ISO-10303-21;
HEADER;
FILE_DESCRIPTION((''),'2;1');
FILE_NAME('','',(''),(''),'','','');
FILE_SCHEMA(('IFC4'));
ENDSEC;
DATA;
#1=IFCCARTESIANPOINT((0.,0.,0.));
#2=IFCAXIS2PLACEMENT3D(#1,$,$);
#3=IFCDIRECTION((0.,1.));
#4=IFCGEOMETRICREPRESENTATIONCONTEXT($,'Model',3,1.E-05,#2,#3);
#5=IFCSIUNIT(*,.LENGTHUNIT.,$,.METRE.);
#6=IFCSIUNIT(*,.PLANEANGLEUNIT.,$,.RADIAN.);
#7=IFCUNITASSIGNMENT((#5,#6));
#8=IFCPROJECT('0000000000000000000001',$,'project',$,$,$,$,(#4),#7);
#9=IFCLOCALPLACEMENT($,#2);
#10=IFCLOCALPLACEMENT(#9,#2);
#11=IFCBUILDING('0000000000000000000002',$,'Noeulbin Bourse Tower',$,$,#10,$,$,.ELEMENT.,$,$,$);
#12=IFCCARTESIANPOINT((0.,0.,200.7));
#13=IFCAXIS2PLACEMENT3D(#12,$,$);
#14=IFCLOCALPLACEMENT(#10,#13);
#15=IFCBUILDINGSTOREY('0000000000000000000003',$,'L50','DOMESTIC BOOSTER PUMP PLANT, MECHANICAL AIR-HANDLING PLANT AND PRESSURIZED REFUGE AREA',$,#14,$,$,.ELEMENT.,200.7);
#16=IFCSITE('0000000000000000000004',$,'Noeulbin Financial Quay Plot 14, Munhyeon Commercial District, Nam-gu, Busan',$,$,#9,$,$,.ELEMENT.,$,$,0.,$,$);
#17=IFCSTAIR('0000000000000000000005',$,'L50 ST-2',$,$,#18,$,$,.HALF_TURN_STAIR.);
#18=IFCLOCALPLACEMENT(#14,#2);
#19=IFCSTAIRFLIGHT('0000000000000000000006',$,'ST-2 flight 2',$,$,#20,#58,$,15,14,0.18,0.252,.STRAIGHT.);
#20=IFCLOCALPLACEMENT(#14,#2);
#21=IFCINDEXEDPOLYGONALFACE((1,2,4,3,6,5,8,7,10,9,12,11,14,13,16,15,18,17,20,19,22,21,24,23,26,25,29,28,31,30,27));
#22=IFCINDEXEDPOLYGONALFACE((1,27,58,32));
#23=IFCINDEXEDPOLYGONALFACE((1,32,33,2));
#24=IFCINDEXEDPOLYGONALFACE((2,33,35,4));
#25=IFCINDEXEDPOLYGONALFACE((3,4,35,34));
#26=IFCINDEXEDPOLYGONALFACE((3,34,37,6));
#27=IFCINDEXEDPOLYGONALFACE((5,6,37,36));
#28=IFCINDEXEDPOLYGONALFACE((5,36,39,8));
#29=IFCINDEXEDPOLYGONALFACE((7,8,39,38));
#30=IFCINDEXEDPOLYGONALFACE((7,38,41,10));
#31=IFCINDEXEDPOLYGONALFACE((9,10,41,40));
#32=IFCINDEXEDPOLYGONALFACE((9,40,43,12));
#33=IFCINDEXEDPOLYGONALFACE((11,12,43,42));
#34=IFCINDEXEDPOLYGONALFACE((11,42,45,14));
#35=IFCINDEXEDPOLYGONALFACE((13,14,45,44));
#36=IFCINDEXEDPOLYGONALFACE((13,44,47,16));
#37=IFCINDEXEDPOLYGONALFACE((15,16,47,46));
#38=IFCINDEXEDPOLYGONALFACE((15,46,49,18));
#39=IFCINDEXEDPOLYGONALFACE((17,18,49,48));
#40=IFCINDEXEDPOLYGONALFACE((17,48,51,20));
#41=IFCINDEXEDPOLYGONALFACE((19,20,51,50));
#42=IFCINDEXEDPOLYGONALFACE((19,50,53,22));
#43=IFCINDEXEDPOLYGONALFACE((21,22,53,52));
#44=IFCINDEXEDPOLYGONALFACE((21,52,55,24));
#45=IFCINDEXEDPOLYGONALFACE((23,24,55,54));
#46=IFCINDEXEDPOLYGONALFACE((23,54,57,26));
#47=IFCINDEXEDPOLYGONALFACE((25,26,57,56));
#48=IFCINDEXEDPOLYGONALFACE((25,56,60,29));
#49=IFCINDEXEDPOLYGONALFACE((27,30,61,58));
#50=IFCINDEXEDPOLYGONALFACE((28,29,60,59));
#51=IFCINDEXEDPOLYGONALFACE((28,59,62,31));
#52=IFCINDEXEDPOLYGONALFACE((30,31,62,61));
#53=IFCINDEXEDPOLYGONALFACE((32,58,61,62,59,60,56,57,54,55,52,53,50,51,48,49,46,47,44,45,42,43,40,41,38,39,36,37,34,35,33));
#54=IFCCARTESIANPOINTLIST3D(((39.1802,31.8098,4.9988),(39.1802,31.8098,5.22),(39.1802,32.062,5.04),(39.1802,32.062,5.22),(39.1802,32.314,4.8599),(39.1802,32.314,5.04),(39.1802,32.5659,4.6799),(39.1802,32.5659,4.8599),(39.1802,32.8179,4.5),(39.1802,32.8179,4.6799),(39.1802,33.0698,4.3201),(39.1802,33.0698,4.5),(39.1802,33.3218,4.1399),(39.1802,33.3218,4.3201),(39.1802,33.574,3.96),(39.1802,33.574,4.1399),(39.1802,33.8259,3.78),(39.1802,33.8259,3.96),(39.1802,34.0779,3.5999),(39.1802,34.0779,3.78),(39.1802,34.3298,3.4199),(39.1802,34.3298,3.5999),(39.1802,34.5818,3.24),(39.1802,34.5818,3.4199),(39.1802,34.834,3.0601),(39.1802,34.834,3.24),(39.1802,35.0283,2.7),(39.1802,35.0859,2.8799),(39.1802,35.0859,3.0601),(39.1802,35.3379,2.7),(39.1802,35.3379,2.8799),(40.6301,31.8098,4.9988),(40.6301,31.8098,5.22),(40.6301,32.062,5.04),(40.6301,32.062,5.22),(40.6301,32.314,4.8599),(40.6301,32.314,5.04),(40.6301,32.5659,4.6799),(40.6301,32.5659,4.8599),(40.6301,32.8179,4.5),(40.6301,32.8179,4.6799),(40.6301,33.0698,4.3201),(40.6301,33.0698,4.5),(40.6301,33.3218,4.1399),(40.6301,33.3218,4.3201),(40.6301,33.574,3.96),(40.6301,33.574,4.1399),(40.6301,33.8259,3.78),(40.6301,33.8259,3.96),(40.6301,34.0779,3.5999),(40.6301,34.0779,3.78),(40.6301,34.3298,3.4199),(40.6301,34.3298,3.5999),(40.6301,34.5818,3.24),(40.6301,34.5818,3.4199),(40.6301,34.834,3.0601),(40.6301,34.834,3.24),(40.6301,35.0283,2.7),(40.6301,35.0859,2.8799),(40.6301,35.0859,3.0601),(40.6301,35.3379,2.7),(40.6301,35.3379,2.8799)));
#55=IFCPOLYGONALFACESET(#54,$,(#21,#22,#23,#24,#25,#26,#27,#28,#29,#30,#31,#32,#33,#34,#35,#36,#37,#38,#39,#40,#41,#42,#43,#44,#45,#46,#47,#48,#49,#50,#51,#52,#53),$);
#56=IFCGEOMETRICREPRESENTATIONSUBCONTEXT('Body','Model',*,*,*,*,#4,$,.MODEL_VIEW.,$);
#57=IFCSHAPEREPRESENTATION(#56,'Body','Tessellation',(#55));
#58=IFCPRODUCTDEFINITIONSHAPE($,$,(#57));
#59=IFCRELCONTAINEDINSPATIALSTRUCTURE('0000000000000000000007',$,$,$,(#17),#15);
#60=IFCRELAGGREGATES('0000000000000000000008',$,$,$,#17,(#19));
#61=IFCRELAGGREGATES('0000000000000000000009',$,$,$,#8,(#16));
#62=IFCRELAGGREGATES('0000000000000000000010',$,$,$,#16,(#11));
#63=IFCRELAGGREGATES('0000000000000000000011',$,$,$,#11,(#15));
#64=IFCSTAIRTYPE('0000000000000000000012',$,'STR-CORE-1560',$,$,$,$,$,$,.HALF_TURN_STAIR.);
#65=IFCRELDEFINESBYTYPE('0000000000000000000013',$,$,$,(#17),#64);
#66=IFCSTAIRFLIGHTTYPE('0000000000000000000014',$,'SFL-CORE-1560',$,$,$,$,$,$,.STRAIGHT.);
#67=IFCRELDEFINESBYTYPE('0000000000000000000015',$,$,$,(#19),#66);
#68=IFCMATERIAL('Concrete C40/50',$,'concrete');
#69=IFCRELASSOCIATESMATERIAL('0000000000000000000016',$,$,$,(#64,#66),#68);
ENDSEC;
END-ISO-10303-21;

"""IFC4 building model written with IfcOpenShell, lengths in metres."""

from ifc_helpers import new_model, si_unit, direction, frame, origin, place, context, subcontext, project, spatial, polyline, outline, extrude, material, type_object, element, aggregate, save


model = new_model("IFC4")

# Units and contexts
model_context = context("Model", 3, precision=1e-05, world=origin(), true_north=direction((0.0, 1.0)))
body_context = subcontext(model_context, "Body", "Model", "MODEL_VIEW")
ifc_project = project(units=[si_unit("LENGTHUNIT", "METRE"), si_unit("PLANEANGLEUNIT", "RADIAN")], contexts=[model_context])

# Site, building, storey
site_placement = place(None, origin())
site = spatial("IfcSite", under=ifc_project, at=site_placement, Name="Noeulbin Financial Quay Plot 14, Munhyeon Commercial District, Nam-gu, Busan", CompositionType="ELEMENT", RefElevation=0.0)
building_placement = place(site_placement, origin())
building = spatial("IfcBuilding", under=site, at=building_placement, Name="Noeulbin Bourse Tower", CompositionType="ELEMENT")
storey_placement = place(building_placement, frame((0.0, 0.0, 200.7)))
storey = spatial("IfcBuildingStorey", under=building, at=storey_placement, Name="L50", Description="DOMESTIC BOOSTER PUMP PLANT, MECHANICAL AIR-HANDLING PLANT AND PRESSURIZED REFUGE AREA", CompositionType="ELEMENT", Elevation=200.7)

# Shared definitions
ifc_material_1 = material(Name="Concrete C40/50", Category="concrete")

# Stair, stair flight
stair_type = type_object("IfcStairType", Name="STR-CORE-1560", PredefinedType="HALF_TURN_STAIR", material=ifc_material_1)
stair_placement = place(storey_placement, origin())
stair = element("IfcStair", 1, at=stair_placement, inside=storey, type_object=stair_type, Name="L50 ST-2", PredefinedType="HALF_TURN_STAIR")
stair_flight_type = type_object("IfcStairFlightType", Name="SFL-CORE-1560", PredefinedType="STRAIGHT", material=ifc_material_1)
stair_flight_placement = place(storey_placement, frame((39.905, 35.3379, 2.7), z_axis=(0.0, 0.0, 1.0), x_axis=(0.0, -1.0, 0.0)))
stair_flight = element("IfcStairFlight", 2, at=stair_flight_placement, type_object=stair_flight_type, Name="ST-2 flight 2", NumberOfRisers=15, NumberOfTreads=14, PredefinedType="STRAIGHT", RiserHeight=0.18, TreadLength=0.252, context=body_context, shape_type="SweptSolid", body=[
    extrude(outline(polyline([(0.0, 0.0), (0.0, 0.1799), (0.252, 0.1799), (0.252, 0.3601), (0.5039, 0.3601), (0.5039, 0.54), (0.7561, 0.54), (0.7561, 0.72), (1.0081, 0.72), (1.0081, 0.8999), (1.26, 0.8999), (1.26, 1.0801), (1.512, 1.0801), (1.512, 1.26), (1.7639, 1.26), (1.7639, 1.4399), (2.0161, 1.4399), (2.0161, 1.6201), (2.2681, 1.6201), (2.2681, 1.8), (2.52, 1.8), (2.52, 1.98), (2.772, 1.98), (2.772, 2.1599), (3.0239, 2.1599), (3.0239, 2.3401), (3.2759, 2.3401), (3.2759, 2.52), (3.5281, 2.52), (3.5281, 2.7), (3.5281, 2.2988), (0.3096, 0.0), (0.0, 0.0)])), frame((0.0, 0.7251, 0.0), z_axis=(0.0, -1.0, 0.0), x_axis=(1.0, 0.0, 0.0)), (0.0, 0.0, 1.0), 1.45),
])
aggregate(stair, [stair_flight])

save(model, "model.ifc")
